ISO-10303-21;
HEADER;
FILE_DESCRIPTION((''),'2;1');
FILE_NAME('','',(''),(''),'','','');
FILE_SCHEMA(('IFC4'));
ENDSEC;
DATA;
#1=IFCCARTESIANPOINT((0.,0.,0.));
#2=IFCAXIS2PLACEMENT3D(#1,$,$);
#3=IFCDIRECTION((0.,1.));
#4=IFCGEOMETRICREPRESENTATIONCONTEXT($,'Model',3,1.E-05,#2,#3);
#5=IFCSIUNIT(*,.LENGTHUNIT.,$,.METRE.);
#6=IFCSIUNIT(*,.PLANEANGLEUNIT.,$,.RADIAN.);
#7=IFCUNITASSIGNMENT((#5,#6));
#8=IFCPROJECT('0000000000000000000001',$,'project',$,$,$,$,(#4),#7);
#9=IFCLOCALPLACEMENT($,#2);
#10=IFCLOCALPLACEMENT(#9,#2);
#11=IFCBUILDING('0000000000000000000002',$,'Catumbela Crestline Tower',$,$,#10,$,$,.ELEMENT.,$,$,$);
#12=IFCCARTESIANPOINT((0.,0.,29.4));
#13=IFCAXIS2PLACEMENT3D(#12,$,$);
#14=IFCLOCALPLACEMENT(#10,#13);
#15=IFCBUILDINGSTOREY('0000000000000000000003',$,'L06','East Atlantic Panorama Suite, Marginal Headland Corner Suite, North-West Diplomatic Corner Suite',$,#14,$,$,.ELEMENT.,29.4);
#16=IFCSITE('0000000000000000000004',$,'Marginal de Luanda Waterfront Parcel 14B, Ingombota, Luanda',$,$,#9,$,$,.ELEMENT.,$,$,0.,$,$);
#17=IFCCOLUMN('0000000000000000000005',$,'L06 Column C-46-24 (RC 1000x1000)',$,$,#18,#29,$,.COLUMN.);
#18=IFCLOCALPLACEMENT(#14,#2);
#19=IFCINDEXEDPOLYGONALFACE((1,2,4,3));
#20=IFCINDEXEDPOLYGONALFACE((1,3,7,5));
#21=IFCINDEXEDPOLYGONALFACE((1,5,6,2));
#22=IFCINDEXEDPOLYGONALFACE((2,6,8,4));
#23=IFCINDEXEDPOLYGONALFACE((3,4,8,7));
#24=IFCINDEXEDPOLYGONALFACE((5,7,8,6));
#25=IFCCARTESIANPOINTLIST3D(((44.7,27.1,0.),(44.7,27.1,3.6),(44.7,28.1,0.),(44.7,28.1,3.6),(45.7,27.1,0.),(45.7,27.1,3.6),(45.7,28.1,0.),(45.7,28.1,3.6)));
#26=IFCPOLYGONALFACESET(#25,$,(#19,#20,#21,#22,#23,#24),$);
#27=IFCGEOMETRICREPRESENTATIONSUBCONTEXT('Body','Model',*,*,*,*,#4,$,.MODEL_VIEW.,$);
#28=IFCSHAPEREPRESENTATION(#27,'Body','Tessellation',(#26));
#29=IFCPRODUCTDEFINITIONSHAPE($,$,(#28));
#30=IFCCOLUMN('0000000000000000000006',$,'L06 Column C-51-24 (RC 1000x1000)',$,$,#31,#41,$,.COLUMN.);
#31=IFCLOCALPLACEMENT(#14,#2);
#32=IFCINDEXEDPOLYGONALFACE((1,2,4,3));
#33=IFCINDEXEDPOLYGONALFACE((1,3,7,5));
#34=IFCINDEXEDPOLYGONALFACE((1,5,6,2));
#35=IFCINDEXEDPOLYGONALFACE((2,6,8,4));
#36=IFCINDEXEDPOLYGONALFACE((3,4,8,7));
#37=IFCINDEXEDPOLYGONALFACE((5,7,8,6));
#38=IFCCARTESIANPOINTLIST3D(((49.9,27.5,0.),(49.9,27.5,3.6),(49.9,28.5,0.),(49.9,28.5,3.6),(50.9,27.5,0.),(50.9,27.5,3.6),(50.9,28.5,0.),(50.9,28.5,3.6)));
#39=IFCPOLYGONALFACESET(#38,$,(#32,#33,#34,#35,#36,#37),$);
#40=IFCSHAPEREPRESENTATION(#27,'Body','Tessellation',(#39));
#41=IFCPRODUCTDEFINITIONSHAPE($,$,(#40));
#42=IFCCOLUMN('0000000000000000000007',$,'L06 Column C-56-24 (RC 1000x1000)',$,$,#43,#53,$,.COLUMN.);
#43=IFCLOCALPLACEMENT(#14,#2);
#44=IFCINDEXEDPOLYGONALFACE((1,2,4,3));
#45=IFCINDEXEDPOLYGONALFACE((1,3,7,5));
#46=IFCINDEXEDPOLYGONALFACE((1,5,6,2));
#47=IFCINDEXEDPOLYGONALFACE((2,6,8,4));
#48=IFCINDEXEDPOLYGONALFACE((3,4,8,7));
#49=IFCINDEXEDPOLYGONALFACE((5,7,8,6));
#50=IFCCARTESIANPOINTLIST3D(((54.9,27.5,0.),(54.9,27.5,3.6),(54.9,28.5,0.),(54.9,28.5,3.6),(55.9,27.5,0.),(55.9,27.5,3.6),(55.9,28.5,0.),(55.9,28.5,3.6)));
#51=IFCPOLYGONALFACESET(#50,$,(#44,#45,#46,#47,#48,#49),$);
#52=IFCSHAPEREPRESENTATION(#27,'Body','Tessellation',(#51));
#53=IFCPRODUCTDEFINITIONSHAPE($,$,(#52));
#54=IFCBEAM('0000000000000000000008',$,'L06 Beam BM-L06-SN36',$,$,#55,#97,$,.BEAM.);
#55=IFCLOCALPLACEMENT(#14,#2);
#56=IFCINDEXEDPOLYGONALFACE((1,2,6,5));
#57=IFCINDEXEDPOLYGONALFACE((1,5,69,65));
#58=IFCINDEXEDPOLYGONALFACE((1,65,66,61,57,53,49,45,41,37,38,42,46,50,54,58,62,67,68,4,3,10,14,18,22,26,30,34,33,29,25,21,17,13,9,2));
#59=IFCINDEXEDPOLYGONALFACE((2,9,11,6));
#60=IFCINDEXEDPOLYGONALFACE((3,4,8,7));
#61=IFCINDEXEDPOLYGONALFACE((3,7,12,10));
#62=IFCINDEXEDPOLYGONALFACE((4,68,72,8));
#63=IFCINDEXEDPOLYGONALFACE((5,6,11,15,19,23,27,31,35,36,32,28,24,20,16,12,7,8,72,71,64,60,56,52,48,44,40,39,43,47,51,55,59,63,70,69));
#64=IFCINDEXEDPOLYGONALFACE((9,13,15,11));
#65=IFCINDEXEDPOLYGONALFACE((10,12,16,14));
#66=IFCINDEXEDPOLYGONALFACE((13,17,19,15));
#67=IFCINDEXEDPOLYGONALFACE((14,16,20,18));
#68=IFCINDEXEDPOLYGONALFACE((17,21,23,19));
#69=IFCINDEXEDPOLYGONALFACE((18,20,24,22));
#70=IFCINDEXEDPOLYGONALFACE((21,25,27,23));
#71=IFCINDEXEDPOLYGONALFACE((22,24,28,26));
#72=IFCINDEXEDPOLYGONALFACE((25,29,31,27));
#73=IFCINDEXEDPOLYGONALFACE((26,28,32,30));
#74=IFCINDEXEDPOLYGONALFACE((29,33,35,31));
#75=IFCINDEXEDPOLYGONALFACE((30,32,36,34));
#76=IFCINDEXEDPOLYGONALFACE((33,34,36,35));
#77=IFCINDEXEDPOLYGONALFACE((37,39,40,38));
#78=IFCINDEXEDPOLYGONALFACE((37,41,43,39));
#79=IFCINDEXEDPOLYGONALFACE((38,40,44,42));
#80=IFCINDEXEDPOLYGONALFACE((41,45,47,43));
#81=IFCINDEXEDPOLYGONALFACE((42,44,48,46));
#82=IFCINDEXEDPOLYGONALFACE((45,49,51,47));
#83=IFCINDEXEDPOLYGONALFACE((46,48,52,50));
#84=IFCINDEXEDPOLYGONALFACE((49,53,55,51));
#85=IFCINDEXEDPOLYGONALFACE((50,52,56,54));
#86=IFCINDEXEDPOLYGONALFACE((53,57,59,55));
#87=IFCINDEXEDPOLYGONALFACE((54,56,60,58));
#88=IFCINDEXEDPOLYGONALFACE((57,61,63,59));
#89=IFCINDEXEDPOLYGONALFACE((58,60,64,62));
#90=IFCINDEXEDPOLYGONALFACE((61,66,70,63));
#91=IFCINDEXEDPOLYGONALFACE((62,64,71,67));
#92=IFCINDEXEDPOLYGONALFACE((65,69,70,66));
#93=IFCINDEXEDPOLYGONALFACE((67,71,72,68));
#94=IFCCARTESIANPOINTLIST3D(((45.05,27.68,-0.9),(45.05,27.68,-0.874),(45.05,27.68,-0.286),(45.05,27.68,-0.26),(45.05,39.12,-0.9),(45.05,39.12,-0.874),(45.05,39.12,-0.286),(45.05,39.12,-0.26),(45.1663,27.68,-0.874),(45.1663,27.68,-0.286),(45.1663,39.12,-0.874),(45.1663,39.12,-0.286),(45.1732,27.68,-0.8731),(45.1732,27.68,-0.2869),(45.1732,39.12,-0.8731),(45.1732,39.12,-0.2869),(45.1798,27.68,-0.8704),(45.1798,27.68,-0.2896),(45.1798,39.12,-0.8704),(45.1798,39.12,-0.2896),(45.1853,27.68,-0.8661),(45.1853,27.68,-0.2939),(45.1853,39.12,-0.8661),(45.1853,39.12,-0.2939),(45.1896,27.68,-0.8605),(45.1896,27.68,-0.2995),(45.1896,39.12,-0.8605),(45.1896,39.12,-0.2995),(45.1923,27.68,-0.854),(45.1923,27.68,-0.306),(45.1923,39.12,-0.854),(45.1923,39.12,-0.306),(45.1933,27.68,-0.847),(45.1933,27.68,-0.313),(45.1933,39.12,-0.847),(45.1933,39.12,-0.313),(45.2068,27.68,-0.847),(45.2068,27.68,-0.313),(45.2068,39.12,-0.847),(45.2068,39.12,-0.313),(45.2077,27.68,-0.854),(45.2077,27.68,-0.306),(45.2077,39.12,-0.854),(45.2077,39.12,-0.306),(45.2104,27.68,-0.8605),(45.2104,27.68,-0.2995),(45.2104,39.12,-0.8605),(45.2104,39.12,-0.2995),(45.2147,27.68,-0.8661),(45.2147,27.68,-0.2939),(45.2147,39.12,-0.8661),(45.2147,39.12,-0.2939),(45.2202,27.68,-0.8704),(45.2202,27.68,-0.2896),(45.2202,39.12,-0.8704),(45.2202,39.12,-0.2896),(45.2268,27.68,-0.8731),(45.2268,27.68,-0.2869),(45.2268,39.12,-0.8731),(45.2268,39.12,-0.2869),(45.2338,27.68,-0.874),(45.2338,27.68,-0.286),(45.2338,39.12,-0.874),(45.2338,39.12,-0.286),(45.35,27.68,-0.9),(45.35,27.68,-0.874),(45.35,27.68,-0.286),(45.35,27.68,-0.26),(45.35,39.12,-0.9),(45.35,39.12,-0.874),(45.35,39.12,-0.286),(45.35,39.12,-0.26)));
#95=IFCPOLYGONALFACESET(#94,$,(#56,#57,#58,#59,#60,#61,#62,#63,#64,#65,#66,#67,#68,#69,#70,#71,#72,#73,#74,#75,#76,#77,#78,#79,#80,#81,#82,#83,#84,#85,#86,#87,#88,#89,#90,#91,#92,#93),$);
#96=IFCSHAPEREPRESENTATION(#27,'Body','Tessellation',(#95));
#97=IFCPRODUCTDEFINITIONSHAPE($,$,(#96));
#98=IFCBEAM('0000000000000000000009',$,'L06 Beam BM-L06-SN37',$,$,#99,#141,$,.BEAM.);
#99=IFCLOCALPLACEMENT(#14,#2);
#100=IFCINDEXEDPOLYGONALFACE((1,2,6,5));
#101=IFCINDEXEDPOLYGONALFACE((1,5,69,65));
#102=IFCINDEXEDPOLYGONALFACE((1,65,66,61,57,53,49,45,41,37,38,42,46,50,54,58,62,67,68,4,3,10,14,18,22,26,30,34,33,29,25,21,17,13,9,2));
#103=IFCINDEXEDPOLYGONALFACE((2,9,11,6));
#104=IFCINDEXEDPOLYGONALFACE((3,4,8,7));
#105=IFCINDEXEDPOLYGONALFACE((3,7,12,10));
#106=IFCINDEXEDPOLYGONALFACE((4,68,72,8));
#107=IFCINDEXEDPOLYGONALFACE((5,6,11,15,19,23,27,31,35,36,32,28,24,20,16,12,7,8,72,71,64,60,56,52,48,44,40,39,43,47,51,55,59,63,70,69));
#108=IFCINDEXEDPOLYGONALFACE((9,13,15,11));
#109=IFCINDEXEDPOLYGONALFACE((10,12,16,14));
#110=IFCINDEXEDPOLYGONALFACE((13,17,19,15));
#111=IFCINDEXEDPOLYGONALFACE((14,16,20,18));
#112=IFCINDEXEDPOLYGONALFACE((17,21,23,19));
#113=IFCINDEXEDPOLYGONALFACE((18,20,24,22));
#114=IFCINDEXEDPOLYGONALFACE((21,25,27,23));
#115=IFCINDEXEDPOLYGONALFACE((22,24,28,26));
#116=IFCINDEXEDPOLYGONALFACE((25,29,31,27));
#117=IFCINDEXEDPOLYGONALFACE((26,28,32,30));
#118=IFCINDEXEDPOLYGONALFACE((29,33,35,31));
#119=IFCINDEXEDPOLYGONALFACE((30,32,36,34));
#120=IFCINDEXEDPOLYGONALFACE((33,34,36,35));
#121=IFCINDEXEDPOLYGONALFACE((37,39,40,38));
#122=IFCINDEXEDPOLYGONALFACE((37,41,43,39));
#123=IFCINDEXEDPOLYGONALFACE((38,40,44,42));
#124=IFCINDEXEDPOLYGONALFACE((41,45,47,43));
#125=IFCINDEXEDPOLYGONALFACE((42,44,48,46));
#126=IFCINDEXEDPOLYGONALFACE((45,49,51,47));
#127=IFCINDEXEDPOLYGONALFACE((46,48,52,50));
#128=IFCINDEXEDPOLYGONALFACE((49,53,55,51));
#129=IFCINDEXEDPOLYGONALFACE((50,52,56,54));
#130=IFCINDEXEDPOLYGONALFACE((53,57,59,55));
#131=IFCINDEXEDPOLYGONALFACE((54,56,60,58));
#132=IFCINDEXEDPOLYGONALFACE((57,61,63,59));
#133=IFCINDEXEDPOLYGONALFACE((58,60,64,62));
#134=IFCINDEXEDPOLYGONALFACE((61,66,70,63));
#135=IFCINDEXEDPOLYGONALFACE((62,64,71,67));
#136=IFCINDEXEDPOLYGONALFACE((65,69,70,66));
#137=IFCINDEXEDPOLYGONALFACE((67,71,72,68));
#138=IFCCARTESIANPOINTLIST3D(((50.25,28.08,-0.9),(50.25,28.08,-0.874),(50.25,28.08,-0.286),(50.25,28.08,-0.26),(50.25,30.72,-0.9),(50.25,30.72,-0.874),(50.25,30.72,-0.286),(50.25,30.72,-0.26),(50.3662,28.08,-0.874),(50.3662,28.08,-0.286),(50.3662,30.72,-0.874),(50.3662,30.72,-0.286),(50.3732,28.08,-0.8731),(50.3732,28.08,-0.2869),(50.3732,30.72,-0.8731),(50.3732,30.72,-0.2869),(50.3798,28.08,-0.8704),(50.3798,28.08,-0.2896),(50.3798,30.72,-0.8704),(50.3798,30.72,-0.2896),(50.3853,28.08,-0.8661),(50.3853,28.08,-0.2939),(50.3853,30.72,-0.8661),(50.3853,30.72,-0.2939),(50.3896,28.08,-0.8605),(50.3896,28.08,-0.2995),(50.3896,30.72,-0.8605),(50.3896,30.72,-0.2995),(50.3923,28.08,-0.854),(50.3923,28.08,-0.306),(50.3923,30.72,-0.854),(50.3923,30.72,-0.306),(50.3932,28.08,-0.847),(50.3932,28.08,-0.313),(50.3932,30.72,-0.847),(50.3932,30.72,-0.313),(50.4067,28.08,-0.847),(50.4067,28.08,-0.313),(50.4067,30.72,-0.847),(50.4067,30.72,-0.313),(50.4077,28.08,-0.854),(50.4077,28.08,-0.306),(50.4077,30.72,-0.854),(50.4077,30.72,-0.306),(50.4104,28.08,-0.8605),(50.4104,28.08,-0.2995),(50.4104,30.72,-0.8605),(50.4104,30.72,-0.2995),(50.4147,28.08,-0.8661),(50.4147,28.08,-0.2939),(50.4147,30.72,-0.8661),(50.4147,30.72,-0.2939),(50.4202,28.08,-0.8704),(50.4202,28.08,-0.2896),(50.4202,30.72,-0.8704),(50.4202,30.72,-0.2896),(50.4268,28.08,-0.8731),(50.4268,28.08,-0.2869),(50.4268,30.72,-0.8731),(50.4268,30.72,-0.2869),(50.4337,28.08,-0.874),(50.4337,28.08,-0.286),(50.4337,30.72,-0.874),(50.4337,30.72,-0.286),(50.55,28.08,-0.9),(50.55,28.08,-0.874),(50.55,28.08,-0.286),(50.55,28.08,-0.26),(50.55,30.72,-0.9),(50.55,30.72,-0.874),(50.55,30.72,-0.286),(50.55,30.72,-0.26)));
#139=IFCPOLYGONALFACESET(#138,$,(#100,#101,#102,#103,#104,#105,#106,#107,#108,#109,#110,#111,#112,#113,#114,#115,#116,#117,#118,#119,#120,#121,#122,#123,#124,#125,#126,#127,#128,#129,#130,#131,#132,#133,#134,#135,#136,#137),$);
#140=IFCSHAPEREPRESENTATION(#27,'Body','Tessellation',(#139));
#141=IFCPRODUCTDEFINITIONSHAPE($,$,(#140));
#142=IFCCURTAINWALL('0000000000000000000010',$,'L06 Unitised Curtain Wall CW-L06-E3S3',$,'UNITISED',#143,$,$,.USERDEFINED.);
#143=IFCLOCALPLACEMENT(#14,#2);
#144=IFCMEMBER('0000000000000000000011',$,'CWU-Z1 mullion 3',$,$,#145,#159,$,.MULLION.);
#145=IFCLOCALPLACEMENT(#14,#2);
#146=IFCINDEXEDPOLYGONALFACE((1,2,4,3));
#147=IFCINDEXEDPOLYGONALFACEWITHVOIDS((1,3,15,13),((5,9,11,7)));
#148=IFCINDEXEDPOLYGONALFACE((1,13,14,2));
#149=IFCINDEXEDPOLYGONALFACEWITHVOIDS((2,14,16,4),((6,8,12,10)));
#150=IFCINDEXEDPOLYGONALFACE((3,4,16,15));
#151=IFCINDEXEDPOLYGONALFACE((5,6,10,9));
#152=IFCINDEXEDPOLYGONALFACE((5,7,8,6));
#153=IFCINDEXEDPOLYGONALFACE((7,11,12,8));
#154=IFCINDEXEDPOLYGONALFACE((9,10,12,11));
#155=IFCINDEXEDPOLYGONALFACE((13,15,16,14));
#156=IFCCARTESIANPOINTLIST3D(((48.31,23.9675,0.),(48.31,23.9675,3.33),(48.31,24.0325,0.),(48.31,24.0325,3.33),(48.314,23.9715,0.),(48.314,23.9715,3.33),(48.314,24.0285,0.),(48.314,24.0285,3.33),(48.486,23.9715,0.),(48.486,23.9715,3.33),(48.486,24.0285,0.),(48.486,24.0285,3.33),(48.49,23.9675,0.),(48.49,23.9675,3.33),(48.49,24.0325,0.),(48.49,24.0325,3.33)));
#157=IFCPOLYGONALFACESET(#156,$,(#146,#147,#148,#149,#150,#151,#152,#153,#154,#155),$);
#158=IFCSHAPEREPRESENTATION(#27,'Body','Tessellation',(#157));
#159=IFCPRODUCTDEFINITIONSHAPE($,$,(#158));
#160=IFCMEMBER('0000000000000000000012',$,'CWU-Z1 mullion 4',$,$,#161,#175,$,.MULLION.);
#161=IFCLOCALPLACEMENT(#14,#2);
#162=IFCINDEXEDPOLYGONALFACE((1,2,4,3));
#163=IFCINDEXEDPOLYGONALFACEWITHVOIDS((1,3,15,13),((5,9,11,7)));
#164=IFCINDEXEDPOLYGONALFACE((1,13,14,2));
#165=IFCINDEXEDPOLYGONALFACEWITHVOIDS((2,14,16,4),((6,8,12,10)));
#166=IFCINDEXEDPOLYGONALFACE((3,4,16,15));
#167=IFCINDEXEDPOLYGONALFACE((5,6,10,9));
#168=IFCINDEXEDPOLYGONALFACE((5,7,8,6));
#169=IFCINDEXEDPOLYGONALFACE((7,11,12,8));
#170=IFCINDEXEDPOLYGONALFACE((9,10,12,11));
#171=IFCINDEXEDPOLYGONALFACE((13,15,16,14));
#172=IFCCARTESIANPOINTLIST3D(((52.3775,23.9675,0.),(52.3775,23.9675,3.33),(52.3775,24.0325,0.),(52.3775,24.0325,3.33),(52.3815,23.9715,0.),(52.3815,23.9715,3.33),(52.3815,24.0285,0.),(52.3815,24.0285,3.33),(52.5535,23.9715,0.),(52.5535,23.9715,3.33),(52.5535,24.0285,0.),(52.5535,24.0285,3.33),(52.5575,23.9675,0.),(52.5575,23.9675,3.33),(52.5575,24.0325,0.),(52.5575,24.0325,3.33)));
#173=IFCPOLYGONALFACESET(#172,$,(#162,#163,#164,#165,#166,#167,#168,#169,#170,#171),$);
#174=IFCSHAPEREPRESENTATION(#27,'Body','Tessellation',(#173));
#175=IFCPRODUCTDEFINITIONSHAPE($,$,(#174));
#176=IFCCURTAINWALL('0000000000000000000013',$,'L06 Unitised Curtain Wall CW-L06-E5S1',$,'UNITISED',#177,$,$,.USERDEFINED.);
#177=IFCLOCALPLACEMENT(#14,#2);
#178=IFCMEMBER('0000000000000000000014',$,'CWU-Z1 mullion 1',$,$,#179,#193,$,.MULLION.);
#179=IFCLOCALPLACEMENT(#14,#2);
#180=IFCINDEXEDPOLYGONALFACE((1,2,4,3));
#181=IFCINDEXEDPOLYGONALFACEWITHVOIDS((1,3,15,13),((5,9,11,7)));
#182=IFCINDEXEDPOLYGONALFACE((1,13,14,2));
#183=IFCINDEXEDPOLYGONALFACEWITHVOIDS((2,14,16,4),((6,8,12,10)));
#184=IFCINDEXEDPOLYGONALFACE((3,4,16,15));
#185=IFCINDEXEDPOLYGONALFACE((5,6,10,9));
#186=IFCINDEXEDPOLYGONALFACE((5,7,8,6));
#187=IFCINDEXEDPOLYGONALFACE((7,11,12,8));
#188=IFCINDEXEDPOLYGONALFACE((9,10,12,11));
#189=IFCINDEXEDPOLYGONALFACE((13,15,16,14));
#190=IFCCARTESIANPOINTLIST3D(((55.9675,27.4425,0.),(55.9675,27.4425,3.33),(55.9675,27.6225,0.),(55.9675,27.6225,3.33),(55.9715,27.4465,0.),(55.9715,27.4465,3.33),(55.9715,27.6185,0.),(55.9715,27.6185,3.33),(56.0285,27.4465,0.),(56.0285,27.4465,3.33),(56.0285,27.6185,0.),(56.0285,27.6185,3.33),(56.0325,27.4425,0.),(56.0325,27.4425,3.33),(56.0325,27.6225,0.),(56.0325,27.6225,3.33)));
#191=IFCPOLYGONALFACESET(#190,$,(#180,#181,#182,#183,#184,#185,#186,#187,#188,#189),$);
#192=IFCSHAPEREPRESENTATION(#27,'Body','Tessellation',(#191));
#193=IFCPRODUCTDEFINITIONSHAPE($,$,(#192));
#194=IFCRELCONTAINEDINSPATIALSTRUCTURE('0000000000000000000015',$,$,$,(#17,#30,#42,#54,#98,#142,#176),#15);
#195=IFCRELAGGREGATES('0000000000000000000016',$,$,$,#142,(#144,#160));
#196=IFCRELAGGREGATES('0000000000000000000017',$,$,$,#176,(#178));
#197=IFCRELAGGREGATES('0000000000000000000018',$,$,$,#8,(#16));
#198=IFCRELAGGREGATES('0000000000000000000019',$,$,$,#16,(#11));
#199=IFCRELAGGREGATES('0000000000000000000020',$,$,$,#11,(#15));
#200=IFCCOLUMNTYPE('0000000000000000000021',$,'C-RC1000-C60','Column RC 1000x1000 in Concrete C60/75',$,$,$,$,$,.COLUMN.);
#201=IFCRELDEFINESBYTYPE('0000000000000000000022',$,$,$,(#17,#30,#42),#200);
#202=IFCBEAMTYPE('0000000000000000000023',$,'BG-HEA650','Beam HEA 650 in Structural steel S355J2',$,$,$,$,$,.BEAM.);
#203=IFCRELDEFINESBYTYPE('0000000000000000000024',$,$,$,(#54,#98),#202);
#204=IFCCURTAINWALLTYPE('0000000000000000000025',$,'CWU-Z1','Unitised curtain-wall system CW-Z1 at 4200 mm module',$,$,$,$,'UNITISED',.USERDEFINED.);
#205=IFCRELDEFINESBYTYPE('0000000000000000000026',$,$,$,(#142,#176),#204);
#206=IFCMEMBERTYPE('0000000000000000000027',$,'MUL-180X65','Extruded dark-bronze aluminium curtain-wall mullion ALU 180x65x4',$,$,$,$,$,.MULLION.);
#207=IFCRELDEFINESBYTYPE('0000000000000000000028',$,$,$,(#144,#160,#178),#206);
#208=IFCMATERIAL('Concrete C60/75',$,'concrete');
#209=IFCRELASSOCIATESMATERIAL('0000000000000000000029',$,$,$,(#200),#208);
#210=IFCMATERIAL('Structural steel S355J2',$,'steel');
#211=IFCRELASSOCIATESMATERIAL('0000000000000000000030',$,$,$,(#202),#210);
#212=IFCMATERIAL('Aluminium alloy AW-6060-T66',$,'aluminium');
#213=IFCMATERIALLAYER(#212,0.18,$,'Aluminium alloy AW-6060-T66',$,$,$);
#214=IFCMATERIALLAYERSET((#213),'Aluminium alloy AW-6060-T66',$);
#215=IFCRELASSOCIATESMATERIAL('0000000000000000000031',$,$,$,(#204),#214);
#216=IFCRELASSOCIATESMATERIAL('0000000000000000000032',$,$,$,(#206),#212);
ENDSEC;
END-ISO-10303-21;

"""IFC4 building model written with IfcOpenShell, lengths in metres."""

from ifc_helpers import new_model, si_unit, direction, frame, origin, origin_2d, place, context, subcontext, project, spatial, rectangle, hollow_rectangle, i_section, extrude, material, layer, layer_set, material_profile, profile_set, type_object, element, aggregate, save


model = new_model("IFC4")

# Units and contexts
model_context = context("Model", 3, precision=1e-05, world=origin(), true_north=direction((0.0, 1.0)))
body_context = subcontext(model_context, "Body", "Model", "MODEL_VIEW")
ifc_project = project(units=[si_unit("LENGTHUNIT", "METRE"), si_unit("PLANEANGLEUNIT", "RADIAN")], contexts=[model_context])

# Site, building, storey
site_placement = place(None, origin())
site = spatial("IfcSite", under=ifc_project, at=site_placement, Name="Marginal de Luanda Waterfront Parcel 14B, Ingombota, Luanda", CompositionType="ELEMENT", RefElevation=0.0)
building_placement = place(site_placement, origin())
building = spatial("IfcBuilding", under=site, at=building_placement, Name="Catumbela Crestline Tower", CompositionType="ELEMENT")
storey_placement = place(building_placement, frame((0.0, 0.0, 29.4)))
storey = spatial("IfcBuildingStorey", under=building, at=storey_placement, Name="L06", Description="East Atlantic Panorama Suite, Marginal Headland Corner Suite, North-West Diplomatic Corner Suite", CompositionType="ELEMENT", Elevation=29.4)

# Columns
ifc_material_1 = material(Name="Concrete C60/75", Category="concrete")
ifc_material_profile_1 = material_profile(ifc_material_1, rectangle(XDim=1.0, YDim=1.0, at=origin_2d()), Name="RC 1000x1000")
ifc_profile_set_1 = profile_set([ifc_material_profile_1], Name="Concrete C60/75")
column_type = type_object("IfcColumnType", Name="C-RC1000-C60", Description="Column RC 1000x1000 in Concrete C60/75", PredefinedType="COLUMN", material=ifc_profile_set_1)
for number, where, z_axis, x_axis, name in (
    (1, (45.2, 27.6, 0.0), (0.0, 0.0, 1.0), (1.0, 0.0, 0.0), "L06 Column C-46-24 (RC 1000x1000)"),
    (2, (50.4, 28.0, 0.0), (0.0, 0.0, 1.0), (1.0, 0.0, 0.0), "L06 Column C-51-24 (RC 1000x1000)"),
    (3, (55.4, 28.0, 0.0), (0.0, 0.0, 1.0), (1.0, 0.0, 0.0), "L06 Column C-56-24 (RC 1000x1000)"),
):
    element("IfcColumn", number, at=place(storey_placement, frame(where, z_axis=z_axis, x_axis=x_axis)), inside=storey, type_object=column_type, Name=name, PredefinedType="COLUMN", context=body_context, shape_type="SweptSolid", body=[
        extrude(rectangle(XDim=1.0, YDim=1.0, at=origin_2d()), origin(), (0.0, 0.0, 1.0), 3.6),
    ])

# Beams
ifc_material_2 = material(Name="Structural steel S355J2", Category="steel")
ifc_material_profile_2 = material_profile(ifc_material_2, i_section(OverallWidth=0.3, OverallDepth=0.64, WebThickness=0.0135, FlangeThickness=0.026, FilletRadius=0.027, at=origin_2d()), Name="HEA 650")
ifc_profile_set_2 = profile_set([ifc_material_profile_2], Name="Structural steel S355J2")
beam_type_1 = type_object("IfcBeamType", Name="BG-HEA650", Description="Beam HEA 650 in Structural steel S355J2", PredefinedType="BEAM", material=ifc_profile_set_2)
beam_1_placement = place(storey_placement, frame((45.2, 27.68, -0.58), z_axis=(0.0, 1.0, 0.0), x_axis=(-1.0, 0.0, 0.0)))
element("IfcBeam", 4, at=beam_1_placement, inside=storey, type_object=beam_type_1, Name="L06 Beam BM-L06-SN36", PredefinedType="BEAM", context=body_context, shape_type="SweptSolid", body=[
    extrude(i_section(OverallWidth=0.3, OverallDepth=0.64, WebThickness=0.0135, FlangeThickness=0.026, FilletRadius=0.027, at=origin_2d()), origin(), (0.0, 0.0, 1.0), 11.44),
])
beam_2_placement = place(storey_placement, frame((50.4, 28.08, -0.58), z_axis=(0.0, 1.0, 0.0), x_axis=(-1.0, 0.0, 0.0)))
element("IfcBeam", 5, at=beam_2_placement, inside=storey, type_object=beam_type_1, Name="L06 Beam BM-L06-SN37", PredefinedType="BEAM", context=body_context, shape_type="SweptSolid", body=[
    extrude(i_section(OverallWidth=0.3, OverallDepth=0.64, WebThickness=0.0135, FlangeThickness=0.026, FilletRadius=0.027, at=origin_2d()), origin(), (0.0, 0.0, 1.0), 2.64),
])

# Curtain wall, members
ifc_material_3 = material(Name="Aluminium alloy AW-6060-T66", Category="aluminium")
ifc_layer_1 = layer(ifc_material_3, 0.18, Name="Aluminium alloy AW-6060-T66")
ifc_layer_set_1 = layer_set([ifc_layer_1], Name="Aluminium alloy AW-6060-T66")
curtain_wall_type = type_object("IfcCurtainWallType", Name="CWU-Z1", Description="Unitised curtain-wall system CW-Z1 at 4200 mm module", ElementType="UNITISED", PredefinedType="USERDEFINED", material=ifc_layer_set_1)
curtain_wall_1_placement = place(storey_placement, origin())
curtain_wall_1 = element("IfcCurtainWall", 6, at=curtain_wall_1_placement, inside=storey, type_object=curtain_wall_type, Name="L06 Unitised Curtain Wall CW-L06-E3S3", ObjectType="UNITISED", PredefinedType="USERDEFINED")
ifc_material_profile_3 = material_profile(ifc_material_3, hollow_rectangle(XDim=0.065, YDim=0.18, WallThickness=0.004, at=origin_2d()), Name="ALU 180x65x4")
ifc_profile_set_3 = profile_set([ifc_material_profile_3], Name="Aluminium alloy AW-6060-T66")
member_type_1 = type_object("IfcMemberType", Name="MUL-180X65", Description="Extruded dark-bronze aluminium curtain-wall mullion ALU 180x65x4", PredefinedType="MULLION", material=ifc_profile_set_3)
member_1_placement = place(storey_placement, frame((48.4, 24.0, 0.0), z_axis=(0.0, 0.0, 1.0), x_axis=(0.0, 1.0, 0.0)))
member_1 = element("IfcMember", 7, at=member_1_placement, type_object=member_type_1, Name="CWU-Z1 mullion 3", PredefinedType="MULLION", context=body_context, shape_type="SweptSolid", body=[
    extrude(hollow_rectangle(XDim=0.065, YDim=0.18, WallThickness=0.004, at=origin_2d()), origin(), (0.0, 0.0, 1.0), 3.33),
])
member_2_placement = place(storey_placement, frame((52.4675, 24.0, 0.0), z_axis=(0.0, 0.0, 1.0), x_axis=(0.0, 1.0, 0.0)))
member_2 = element("IfcMember", 8, at=member_2_placement, type_object=member_type_1, Name="CWU-Z1 mullion 4", PredefinedType="MULLION", context=body_context, shape_type="SweptSolid", body=[
    extrude(hollow_rectangle(XDim=0.065, YDim=0.18, WallThickness=0.004, at=origin_2d()), origin(), (0.0, 0.0, 1.0), 3.33),
])

# Curtain wall, member
curtain_wall_2_placement = place(storey_placement, origin())
curtain_wall_2 = element("IfcCurtainWall", 9, at=curtain_wall_2_placement, inside=storey, type_object=curtain_wall_type, Name="L06 Unitised Curtain Wall CW-L06-E5S1", ObjectType="UNITISED", PredefinedType="USERDEFINED")
member_3_placement = place(storey_placement, frame((56.0, 27.5325, 0.0), z_axis=(0.0, 0.0, 1.0), x_axis=(-1.0, 0.0, 0.0)))
member_3 = element("IfcMember", 10, at=member_3_placement, type_object=member_type_1, Name="CWU-Z1 mullion 1", PredefinedType="MULLION", context=body_context, shape_type="SweptSolid", body=[
    extrude(hollow_rectangle(XDim=0.065, YDim=0.18, WallThickness=0.004, at=origin_2d()), origin(), (0.0, 0.0, 1.0), 3.33),
])

aggregate(curtain_wall_1, [member_1, member_2])
aggregate(curtain_wall_2, [member_3])

save(model, "model.ifc")
